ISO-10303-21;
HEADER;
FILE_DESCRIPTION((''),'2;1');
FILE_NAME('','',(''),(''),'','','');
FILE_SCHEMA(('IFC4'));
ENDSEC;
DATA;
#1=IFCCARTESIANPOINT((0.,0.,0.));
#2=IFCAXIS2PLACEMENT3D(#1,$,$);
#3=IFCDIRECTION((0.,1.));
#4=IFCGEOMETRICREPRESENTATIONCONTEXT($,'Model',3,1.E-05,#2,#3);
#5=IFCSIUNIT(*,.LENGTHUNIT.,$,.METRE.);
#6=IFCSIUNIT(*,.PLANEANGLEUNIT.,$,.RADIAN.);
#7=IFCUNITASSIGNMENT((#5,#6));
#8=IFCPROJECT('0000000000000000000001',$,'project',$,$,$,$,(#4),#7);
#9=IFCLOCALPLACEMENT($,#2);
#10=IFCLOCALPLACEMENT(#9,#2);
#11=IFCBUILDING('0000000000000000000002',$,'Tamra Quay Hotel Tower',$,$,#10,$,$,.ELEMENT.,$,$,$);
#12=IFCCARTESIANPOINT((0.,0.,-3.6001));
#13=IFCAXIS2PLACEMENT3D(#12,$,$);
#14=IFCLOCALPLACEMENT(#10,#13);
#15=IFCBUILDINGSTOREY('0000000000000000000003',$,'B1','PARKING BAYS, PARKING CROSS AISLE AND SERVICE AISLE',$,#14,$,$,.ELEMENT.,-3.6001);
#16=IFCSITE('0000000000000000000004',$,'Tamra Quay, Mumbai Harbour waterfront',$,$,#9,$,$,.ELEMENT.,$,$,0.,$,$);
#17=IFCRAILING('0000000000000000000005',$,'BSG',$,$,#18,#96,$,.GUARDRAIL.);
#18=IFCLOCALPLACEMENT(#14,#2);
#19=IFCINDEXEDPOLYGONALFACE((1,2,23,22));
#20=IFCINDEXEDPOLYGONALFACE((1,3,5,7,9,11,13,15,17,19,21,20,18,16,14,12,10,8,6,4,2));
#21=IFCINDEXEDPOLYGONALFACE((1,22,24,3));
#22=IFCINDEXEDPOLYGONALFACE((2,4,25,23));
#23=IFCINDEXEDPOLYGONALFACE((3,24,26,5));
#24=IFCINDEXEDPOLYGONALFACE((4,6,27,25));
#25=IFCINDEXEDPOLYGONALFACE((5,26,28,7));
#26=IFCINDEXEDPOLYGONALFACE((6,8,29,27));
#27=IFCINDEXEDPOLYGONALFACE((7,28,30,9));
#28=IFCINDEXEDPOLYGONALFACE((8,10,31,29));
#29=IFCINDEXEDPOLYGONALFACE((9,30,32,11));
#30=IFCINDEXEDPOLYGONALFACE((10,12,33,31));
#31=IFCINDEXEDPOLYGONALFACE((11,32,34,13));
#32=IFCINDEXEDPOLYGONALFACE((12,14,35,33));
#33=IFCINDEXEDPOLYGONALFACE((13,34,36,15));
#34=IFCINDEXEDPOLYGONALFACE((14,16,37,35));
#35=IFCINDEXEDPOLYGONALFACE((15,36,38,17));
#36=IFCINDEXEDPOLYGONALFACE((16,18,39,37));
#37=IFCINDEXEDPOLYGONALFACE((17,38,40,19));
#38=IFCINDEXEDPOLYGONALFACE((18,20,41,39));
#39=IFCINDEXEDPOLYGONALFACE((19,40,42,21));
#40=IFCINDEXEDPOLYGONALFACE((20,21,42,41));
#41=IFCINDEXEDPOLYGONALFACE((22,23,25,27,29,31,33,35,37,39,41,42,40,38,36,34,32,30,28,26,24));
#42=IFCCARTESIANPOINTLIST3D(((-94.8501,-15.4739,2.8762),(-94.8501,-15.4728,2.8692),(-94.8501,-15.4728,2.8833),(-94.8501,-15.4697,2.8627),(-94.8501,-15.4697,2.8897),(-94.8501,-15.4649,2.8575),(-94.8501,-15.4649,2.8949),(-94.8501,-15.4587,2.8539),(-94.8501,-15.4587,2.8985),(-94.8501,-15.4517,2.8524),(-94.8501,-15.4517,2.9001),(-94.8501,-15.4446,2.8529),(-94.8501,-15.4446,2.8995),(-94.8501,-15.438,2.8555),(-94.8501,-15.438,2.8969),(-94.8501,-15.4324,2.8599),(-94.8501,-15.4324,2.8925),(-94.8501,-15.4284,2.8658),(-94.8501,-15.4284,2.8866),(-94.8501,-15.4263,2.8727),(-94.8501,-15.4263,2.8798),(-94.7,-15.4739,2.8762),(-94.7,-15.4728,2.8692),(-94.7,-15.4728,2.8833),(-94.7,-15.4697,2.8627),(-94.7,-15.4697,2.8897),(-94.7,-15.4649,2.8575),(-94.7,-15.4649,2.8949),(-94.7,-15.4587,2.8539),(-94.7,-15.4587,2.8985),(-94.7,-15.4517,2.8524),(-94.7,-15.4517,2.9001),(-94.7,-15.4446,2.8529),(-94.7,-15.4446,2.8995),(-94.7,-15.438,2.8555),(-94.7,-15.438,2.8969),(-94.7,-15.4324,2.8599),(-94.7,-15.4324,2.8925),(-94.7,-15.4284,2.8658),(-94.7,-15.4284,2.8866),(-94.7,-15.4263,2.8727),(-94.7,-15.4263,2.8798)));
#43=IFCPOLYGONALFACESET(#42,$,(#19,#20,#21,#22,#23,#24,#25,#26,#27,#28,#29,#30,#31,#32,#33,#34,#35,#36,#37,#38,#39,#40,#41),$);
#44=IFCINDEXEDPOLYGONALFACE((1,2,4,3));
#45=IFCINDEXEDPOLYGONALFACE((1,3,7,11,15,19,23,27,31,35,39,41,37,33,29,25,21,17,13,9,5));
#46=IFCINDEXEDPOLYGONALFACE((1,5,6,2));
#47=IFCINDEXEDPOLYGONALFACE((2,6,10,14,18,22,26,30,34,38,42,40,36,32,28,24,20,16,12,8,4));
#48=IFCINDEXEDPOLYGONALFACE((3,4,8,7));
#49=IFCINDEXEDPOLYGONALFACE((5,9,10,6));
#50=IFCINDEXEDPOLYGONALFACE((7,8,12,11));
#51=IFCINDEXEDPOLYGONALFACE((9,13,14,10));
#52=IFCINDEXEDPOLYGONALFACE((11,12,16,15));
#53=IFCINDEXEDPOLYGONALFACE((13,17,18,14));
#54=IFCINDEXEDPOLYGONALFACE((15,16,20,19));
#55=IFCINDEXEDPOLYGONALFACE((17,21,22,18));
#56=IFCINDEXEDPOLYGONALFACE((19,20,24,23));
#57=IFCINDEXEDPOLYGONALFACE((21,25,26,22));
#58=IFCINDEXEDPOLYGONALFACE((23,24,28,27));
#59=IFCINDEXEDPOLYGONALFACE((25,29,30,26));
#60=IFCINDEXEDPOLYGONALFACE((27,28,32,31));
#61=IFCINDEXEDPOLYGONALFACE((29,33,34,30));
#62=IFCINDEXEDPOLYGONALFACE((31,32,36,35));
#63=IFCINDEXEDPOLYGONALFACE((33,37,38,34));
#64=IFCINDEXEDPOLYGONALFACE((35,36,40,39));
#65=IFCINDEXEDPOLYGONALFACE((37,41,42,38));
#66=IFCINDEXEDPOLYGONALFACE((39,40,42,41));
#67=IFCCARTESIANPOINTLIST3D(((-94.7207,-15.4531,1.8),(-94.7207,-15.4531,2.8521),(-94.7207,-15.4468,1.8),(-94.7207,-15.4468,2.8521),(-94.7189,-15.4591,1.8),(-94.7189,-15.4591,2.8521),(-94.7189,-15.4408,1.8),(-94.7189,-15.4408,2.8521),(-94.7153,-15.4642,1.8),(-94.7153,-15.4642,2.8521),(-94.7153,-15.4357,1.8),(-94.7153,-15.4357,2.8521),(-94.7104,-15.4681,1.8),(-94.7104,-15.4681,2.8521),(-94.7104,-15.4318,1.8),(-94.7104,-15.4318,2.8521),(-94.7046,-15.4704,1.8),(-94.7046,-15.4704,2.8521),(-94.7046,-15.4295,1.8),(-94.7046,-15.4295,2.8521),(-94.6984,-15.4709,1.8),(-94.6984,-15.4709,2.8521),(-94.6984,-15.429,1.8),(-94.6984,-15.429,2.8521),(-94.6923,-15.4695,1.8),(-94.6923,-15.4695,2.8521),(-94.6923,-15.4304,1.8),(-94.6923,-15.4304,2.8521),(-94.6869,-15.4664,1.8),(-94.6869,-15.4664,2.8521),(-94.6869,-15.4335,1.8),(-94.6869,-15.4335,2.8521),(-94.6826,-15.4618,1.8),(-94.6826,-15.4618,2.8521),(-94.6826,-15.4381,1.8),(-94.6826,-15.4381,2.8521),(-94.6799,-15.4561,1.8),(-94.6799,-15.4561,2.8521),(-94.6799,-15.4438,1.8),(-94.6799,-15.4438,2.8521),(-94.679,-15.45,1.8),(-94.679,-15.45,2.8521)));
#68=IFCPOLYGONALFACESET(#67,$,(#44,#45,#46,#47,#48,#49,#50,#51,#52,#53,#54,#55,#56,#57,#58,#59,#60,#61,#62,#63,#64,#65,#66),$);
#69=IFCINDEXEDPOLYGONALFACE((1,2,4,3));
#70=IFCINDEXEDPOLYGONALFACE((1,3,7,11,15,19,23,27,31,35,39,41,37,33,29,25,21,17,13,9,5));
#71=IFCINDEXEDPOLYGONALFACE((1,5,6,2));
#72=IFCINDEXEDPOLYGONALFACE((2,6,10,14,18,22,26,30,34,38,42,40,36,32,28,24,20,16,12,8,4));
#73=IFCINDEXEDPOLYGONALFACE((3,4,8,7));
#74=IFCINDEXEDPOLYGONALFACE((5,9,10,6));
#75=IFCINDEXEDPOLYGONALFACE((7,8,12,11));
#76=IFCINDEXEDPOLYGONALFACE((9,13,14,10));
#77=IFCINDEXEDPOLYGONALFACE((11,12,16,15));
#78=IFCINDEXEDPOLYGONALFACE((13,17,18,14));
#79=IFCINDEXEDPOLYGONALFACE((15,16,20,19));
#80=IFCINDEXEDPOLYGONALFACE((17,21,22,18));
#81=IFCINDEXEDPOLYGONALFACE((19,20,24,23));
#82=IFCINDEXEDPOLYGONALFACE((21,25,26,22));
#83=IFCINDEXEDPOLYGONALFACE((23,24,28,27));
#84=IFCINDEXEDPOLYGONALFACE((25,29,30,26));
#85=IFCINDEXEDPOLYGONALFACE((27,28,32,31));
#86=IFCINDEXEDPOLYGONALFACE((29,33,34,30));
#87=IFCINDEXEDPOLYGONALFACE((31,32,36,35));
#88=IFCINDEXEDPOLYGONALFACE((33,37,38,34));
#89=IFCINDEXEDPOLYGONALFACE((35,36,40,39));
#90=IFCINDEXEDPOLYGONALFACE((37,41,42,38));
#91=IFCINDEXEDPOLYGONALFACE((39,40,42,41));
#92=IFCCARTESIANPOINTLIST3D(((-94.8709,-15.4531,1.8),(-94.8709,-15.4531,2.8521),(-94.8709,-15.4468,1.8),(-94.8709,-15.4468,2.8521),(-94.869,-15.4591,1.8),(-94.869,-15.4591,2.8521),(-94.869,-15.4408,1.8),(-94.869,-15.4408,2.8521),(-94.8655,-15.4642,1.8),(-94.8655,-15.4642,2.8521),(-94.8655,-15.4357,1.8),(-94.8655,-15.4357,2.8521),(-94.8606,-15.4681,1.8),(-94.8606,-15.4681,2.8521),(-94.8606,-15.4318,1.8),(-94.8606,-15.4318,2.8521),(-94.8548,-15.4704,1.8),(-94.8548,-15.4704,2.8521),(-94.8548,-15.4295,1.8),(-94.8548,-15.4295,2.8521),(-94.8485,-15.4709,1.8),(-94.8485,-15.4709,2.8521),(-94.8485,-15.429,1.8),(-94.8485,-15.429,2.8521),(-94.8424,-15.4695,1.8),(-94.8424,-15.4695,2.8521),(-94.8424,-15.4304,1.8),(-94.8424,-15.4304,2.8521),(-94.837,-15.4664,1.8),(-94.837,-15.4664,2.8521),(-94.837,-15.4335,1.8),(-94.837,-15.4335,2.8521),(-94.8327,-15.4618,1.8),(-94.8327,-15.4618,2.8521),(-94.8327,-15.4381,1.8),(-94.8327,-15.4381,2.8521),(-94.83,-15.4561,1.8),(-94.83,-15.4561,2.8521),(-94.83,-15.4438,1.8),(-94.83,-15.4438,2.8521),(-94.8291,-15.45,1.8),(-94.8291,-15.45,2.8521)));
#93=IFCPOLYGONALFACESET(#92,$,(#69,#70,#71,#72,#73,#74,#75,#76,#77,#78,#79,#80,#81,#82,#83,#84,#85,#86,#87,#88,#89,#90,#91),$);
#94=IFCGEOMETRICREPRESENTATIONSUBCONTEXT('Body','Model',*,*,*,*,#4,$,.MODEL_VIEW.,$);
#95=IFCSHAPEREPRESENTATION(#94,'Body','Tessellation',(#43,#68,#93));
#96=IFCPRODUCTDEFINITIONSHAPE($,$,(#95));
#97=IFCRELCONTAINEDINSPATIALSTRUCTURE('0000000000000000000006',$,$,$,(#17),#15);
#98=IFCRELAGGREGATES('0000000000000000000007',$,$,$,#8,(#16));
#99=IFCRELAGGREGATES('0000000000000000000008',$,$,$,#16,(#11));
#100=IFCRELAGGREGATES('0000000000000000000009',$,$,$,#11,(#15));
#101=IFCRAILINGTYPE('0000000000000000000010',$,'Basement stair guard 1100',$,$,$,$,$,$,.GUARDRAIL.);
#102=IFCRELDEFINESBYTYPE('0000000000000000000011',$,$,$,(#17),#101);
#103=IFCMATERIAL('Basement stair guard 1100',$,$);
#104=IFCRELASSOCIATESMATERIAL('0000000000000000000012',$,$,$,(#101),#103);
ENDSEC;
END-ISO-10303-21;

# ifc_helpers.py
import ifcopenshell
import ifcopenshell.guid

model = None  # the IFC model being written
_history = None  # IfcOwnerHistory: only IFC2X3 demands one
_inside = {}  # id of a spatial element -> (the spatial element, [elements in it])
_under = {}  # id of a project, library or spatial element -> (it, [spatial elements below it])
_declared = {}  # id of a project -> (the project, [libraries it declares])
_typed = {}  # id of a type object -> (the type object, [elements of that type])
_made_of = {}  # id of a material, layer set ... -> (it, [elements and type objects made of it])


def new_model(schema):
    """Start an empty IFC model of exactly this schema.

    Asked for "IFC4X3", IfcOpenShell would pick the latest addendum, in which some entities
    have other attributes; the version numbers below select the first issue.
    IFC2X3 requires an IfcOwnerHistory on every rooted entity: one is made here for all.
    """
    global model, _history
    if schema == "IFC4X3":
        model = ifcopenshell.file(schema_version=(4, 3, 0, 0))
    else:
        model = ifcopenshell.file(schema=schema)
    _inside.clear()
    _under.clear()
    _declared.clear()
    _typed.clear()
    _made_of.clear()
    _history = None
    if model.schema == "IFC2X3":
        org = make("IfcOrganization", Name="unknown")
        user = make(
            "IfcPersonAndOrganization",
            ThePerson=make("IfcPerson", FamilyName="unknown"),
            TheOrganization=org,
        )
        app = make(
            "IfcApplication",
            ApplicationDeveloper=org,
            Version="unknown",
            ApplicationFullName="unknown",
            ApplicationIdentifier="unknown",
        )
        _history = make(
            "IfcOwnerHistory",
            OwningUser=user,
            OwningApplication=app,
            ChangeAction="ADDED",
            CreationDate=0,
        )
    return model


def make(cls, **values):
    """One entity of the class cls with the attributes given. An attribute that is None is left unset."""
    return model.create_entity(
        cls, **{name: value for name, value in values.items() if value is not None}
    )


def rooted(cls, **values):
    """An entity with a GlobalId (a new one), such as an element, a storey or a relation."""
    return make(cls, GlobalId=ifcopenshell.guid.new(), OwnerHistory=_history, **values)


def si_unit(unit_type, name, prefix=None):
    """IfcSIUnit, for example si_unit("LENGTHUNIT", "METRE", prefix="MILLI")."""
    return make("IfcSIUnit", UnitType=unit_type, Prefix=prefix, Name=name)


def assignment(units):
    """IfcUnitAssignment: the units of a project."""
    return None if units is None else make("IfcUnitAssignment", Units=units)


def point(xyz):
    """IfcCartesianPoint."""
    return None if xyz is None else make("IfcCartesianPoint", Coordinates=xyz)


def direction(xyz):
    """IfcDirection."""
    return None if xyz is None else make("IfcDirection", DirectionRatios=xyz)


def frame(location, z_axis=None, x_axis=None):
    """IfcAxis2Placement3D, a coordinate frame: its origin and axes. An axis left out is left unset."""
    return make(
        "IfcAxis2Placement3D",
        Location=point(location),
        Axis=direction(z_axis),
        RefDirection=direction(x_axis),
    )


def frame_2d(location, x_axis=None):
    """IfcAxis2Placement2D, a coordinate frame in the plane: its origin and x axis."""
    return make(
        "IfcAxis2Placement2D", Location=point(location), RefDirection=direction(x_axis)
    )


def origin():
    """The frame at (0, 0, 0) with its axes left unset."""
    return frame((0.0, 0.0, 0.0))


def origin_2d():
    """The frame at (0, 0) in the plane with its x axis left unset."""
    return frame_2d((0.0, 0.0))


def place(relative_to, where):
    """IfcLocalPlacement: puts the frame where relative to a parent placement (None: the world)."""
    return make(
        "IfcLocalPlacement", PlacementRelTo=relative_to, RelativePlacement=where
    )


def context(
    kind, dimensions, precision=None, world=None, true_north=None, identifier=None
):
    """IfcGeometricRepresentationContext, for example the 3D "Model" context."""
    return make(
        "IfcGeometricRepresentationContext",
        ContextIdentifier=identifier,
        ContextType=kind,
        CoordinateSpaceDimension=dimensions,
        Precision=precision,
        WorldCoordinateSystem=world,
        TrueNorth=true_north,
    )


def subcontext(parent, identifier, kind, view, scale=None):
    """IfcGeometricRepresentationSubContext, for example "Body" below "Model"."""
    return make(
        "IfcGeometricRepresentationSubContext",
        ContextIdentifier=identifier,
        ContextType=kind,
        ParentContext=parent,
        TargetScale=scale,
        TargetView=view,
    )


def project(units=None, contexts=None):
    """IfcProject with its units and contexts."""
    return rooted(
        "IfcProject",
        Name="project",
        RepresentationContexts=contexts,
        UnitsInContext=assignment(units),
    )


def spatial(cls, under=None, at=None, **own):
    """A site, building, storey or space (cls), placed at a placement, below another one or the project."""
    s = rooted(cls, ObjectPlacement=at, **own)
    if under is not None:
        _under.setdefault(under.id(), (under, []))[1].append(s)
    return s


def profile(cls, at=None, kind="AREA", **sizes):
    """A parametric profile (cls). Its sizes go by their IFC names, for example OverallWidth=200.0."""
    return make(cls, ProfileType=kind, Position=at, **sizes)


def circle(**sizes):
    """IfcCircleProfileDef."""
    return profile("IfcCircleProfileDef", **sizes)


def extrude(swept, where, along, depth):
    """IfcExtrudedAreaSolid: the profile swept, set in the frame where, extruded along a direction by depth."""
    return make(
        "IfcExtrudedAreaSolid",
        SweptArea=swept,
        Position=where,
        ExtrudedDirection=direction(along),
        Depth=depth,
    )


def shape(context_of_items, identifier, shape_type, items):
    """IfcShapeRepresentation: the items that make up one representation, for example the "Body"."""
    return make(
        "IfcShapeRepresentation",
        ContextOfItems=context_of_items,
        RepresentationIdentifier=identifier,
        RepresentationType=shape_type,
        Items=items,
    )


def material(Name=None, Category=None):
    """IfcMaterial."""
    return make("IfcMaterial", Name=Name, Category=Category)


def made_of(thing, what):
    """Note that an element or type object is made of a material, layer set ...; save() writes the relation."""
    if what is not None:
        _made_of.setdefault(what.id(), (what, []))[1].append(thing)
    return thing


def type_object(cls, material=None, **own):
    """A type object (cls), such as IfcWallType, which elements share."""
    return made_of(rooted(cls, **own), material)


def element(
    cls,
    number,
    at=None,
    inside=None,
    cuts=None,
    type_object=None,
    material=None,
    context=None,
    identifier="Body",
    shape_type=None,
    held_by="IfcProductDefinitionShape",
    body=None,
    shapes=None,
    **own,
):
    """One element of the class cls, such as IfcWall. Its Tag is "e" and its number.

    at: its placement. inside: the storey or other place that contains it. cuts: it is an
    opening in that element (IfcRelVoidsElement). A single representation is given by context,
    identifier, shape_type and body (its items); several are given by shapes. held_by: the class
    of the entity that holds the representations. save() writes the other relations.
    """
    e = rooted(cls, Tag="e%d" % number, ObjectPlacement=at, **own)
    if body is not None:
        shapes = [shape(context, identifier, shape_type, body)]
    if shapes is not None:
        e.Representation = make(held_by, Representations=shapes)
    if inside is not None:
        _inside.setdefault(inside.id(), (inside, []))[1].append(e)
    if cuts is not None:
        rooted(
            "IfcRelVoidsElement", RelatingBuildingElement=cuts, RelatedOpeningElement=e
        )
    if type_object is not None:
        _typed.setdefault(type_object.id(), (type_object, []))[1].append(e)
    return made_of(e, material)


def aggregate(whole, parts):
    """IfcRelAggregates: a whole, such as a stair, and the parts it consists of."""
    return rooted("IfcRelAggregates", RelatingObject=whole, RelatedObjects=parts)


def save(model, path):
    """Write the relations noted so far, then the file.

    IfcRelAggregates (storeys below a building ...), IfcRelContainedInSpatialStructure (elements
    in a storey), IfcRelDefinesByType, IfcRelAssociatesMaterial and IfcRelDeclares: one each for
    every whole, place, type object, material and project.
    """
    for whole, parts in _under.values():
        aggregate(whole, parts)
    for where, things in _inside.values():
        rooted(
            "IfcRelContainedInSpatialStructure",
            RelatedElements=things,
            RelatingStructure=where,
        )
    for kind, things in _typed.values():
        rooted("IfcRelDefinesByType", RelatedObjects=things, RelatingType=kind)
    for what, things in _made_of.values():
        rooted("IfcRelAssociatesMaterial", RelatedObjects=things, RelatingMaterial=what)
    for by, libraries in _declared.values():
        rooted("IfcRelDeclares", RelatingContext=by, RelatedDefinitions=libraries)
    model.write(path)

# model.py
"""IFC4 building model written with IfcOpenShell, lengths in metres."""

from ifc_helpers import new_model, si_unit, direction, frame, origin, origin_2d, place, context, subcontext, project, spatial, circle, extrude, material, type_object, element, save


model = new_model("IFC4")

# Units and contexts
model_context = context("Model", 3, precision=1e-05, world=origin(), true_north=direction((0.0, 1.0)))
body_context = subcontext(model_context, "Body", "Model", "MODEL_VIEW")
ifc_project = project(units=[si_unit("LENGTHUNIT", "METRE"), si_unit("PLANEANGLEUNIT", "RADIAN")], contexts=[model_context])

# Site, building, storey
site_placement = place(None, origin())
site = spatial("IfcSite", under=ifc_project, at=site_placement, Name="Tamra Quay, Mumbai Harbour waterfront", CompositionType="ELEMENT", RefElevation=0.0)
building_placement = place(site_placement, origin())
building = spatial("IfcBuilding", under=site, at=building_placement, Name="Tamra Quay Hotel Tower", CompositionType="ELEMENT")
storey_placement = place(building_placement, frame((0.0, 0.0, -3.6001)))
storey = spatial("IfcBuildingStorey", under=building, at=storey_placement, Name="B1", Description="PARKING BAYS, PARKING CROSS AISLE AND SERVICE AISLE", CompositionType="ELEMENT", Elevation=-3.6001)

# Railing
ifc_material_1 = material(Name="Basement stair guard 1100")
railing_type_1 = type_object("IfcRailingType", Name="Basement stair guard 1100", PredefinedType="GUARDRAIL", material=ifc_material_1)
railing_1_placement = place(storey_placement, frame((-94.7, -15.45, 1.8)))
element("IfcRailing", 1, at=railing_1_placement, inside=storey, type_object=railing_type_1, Name="BSG", PredefinedType="GUARDRAIL", context=body_context, shape_type="SweptSolid", body=[
    extrude(circle(Radius=0.0239, at=origin_2d()), frame((0.0, 0.0, 1.0762), z_axis=(-1.0, 0.0, 0.0), x_axis=(0.0, -1.0, 0.0)), (0.0, 0.0, 1.0), 0.1501),
    extrude(circle(Radius=0.021, at=origin_2d()), origin(), (0.0, 0.0, 1.0), 1.052),
    extrude(circle(Radius=0.021, at=origin_2d()), frame((-0.1501, 0.0, 0.0)), (0.0, 0.0, 1.0), 1.052),
])

save(model, "model.ifc")
